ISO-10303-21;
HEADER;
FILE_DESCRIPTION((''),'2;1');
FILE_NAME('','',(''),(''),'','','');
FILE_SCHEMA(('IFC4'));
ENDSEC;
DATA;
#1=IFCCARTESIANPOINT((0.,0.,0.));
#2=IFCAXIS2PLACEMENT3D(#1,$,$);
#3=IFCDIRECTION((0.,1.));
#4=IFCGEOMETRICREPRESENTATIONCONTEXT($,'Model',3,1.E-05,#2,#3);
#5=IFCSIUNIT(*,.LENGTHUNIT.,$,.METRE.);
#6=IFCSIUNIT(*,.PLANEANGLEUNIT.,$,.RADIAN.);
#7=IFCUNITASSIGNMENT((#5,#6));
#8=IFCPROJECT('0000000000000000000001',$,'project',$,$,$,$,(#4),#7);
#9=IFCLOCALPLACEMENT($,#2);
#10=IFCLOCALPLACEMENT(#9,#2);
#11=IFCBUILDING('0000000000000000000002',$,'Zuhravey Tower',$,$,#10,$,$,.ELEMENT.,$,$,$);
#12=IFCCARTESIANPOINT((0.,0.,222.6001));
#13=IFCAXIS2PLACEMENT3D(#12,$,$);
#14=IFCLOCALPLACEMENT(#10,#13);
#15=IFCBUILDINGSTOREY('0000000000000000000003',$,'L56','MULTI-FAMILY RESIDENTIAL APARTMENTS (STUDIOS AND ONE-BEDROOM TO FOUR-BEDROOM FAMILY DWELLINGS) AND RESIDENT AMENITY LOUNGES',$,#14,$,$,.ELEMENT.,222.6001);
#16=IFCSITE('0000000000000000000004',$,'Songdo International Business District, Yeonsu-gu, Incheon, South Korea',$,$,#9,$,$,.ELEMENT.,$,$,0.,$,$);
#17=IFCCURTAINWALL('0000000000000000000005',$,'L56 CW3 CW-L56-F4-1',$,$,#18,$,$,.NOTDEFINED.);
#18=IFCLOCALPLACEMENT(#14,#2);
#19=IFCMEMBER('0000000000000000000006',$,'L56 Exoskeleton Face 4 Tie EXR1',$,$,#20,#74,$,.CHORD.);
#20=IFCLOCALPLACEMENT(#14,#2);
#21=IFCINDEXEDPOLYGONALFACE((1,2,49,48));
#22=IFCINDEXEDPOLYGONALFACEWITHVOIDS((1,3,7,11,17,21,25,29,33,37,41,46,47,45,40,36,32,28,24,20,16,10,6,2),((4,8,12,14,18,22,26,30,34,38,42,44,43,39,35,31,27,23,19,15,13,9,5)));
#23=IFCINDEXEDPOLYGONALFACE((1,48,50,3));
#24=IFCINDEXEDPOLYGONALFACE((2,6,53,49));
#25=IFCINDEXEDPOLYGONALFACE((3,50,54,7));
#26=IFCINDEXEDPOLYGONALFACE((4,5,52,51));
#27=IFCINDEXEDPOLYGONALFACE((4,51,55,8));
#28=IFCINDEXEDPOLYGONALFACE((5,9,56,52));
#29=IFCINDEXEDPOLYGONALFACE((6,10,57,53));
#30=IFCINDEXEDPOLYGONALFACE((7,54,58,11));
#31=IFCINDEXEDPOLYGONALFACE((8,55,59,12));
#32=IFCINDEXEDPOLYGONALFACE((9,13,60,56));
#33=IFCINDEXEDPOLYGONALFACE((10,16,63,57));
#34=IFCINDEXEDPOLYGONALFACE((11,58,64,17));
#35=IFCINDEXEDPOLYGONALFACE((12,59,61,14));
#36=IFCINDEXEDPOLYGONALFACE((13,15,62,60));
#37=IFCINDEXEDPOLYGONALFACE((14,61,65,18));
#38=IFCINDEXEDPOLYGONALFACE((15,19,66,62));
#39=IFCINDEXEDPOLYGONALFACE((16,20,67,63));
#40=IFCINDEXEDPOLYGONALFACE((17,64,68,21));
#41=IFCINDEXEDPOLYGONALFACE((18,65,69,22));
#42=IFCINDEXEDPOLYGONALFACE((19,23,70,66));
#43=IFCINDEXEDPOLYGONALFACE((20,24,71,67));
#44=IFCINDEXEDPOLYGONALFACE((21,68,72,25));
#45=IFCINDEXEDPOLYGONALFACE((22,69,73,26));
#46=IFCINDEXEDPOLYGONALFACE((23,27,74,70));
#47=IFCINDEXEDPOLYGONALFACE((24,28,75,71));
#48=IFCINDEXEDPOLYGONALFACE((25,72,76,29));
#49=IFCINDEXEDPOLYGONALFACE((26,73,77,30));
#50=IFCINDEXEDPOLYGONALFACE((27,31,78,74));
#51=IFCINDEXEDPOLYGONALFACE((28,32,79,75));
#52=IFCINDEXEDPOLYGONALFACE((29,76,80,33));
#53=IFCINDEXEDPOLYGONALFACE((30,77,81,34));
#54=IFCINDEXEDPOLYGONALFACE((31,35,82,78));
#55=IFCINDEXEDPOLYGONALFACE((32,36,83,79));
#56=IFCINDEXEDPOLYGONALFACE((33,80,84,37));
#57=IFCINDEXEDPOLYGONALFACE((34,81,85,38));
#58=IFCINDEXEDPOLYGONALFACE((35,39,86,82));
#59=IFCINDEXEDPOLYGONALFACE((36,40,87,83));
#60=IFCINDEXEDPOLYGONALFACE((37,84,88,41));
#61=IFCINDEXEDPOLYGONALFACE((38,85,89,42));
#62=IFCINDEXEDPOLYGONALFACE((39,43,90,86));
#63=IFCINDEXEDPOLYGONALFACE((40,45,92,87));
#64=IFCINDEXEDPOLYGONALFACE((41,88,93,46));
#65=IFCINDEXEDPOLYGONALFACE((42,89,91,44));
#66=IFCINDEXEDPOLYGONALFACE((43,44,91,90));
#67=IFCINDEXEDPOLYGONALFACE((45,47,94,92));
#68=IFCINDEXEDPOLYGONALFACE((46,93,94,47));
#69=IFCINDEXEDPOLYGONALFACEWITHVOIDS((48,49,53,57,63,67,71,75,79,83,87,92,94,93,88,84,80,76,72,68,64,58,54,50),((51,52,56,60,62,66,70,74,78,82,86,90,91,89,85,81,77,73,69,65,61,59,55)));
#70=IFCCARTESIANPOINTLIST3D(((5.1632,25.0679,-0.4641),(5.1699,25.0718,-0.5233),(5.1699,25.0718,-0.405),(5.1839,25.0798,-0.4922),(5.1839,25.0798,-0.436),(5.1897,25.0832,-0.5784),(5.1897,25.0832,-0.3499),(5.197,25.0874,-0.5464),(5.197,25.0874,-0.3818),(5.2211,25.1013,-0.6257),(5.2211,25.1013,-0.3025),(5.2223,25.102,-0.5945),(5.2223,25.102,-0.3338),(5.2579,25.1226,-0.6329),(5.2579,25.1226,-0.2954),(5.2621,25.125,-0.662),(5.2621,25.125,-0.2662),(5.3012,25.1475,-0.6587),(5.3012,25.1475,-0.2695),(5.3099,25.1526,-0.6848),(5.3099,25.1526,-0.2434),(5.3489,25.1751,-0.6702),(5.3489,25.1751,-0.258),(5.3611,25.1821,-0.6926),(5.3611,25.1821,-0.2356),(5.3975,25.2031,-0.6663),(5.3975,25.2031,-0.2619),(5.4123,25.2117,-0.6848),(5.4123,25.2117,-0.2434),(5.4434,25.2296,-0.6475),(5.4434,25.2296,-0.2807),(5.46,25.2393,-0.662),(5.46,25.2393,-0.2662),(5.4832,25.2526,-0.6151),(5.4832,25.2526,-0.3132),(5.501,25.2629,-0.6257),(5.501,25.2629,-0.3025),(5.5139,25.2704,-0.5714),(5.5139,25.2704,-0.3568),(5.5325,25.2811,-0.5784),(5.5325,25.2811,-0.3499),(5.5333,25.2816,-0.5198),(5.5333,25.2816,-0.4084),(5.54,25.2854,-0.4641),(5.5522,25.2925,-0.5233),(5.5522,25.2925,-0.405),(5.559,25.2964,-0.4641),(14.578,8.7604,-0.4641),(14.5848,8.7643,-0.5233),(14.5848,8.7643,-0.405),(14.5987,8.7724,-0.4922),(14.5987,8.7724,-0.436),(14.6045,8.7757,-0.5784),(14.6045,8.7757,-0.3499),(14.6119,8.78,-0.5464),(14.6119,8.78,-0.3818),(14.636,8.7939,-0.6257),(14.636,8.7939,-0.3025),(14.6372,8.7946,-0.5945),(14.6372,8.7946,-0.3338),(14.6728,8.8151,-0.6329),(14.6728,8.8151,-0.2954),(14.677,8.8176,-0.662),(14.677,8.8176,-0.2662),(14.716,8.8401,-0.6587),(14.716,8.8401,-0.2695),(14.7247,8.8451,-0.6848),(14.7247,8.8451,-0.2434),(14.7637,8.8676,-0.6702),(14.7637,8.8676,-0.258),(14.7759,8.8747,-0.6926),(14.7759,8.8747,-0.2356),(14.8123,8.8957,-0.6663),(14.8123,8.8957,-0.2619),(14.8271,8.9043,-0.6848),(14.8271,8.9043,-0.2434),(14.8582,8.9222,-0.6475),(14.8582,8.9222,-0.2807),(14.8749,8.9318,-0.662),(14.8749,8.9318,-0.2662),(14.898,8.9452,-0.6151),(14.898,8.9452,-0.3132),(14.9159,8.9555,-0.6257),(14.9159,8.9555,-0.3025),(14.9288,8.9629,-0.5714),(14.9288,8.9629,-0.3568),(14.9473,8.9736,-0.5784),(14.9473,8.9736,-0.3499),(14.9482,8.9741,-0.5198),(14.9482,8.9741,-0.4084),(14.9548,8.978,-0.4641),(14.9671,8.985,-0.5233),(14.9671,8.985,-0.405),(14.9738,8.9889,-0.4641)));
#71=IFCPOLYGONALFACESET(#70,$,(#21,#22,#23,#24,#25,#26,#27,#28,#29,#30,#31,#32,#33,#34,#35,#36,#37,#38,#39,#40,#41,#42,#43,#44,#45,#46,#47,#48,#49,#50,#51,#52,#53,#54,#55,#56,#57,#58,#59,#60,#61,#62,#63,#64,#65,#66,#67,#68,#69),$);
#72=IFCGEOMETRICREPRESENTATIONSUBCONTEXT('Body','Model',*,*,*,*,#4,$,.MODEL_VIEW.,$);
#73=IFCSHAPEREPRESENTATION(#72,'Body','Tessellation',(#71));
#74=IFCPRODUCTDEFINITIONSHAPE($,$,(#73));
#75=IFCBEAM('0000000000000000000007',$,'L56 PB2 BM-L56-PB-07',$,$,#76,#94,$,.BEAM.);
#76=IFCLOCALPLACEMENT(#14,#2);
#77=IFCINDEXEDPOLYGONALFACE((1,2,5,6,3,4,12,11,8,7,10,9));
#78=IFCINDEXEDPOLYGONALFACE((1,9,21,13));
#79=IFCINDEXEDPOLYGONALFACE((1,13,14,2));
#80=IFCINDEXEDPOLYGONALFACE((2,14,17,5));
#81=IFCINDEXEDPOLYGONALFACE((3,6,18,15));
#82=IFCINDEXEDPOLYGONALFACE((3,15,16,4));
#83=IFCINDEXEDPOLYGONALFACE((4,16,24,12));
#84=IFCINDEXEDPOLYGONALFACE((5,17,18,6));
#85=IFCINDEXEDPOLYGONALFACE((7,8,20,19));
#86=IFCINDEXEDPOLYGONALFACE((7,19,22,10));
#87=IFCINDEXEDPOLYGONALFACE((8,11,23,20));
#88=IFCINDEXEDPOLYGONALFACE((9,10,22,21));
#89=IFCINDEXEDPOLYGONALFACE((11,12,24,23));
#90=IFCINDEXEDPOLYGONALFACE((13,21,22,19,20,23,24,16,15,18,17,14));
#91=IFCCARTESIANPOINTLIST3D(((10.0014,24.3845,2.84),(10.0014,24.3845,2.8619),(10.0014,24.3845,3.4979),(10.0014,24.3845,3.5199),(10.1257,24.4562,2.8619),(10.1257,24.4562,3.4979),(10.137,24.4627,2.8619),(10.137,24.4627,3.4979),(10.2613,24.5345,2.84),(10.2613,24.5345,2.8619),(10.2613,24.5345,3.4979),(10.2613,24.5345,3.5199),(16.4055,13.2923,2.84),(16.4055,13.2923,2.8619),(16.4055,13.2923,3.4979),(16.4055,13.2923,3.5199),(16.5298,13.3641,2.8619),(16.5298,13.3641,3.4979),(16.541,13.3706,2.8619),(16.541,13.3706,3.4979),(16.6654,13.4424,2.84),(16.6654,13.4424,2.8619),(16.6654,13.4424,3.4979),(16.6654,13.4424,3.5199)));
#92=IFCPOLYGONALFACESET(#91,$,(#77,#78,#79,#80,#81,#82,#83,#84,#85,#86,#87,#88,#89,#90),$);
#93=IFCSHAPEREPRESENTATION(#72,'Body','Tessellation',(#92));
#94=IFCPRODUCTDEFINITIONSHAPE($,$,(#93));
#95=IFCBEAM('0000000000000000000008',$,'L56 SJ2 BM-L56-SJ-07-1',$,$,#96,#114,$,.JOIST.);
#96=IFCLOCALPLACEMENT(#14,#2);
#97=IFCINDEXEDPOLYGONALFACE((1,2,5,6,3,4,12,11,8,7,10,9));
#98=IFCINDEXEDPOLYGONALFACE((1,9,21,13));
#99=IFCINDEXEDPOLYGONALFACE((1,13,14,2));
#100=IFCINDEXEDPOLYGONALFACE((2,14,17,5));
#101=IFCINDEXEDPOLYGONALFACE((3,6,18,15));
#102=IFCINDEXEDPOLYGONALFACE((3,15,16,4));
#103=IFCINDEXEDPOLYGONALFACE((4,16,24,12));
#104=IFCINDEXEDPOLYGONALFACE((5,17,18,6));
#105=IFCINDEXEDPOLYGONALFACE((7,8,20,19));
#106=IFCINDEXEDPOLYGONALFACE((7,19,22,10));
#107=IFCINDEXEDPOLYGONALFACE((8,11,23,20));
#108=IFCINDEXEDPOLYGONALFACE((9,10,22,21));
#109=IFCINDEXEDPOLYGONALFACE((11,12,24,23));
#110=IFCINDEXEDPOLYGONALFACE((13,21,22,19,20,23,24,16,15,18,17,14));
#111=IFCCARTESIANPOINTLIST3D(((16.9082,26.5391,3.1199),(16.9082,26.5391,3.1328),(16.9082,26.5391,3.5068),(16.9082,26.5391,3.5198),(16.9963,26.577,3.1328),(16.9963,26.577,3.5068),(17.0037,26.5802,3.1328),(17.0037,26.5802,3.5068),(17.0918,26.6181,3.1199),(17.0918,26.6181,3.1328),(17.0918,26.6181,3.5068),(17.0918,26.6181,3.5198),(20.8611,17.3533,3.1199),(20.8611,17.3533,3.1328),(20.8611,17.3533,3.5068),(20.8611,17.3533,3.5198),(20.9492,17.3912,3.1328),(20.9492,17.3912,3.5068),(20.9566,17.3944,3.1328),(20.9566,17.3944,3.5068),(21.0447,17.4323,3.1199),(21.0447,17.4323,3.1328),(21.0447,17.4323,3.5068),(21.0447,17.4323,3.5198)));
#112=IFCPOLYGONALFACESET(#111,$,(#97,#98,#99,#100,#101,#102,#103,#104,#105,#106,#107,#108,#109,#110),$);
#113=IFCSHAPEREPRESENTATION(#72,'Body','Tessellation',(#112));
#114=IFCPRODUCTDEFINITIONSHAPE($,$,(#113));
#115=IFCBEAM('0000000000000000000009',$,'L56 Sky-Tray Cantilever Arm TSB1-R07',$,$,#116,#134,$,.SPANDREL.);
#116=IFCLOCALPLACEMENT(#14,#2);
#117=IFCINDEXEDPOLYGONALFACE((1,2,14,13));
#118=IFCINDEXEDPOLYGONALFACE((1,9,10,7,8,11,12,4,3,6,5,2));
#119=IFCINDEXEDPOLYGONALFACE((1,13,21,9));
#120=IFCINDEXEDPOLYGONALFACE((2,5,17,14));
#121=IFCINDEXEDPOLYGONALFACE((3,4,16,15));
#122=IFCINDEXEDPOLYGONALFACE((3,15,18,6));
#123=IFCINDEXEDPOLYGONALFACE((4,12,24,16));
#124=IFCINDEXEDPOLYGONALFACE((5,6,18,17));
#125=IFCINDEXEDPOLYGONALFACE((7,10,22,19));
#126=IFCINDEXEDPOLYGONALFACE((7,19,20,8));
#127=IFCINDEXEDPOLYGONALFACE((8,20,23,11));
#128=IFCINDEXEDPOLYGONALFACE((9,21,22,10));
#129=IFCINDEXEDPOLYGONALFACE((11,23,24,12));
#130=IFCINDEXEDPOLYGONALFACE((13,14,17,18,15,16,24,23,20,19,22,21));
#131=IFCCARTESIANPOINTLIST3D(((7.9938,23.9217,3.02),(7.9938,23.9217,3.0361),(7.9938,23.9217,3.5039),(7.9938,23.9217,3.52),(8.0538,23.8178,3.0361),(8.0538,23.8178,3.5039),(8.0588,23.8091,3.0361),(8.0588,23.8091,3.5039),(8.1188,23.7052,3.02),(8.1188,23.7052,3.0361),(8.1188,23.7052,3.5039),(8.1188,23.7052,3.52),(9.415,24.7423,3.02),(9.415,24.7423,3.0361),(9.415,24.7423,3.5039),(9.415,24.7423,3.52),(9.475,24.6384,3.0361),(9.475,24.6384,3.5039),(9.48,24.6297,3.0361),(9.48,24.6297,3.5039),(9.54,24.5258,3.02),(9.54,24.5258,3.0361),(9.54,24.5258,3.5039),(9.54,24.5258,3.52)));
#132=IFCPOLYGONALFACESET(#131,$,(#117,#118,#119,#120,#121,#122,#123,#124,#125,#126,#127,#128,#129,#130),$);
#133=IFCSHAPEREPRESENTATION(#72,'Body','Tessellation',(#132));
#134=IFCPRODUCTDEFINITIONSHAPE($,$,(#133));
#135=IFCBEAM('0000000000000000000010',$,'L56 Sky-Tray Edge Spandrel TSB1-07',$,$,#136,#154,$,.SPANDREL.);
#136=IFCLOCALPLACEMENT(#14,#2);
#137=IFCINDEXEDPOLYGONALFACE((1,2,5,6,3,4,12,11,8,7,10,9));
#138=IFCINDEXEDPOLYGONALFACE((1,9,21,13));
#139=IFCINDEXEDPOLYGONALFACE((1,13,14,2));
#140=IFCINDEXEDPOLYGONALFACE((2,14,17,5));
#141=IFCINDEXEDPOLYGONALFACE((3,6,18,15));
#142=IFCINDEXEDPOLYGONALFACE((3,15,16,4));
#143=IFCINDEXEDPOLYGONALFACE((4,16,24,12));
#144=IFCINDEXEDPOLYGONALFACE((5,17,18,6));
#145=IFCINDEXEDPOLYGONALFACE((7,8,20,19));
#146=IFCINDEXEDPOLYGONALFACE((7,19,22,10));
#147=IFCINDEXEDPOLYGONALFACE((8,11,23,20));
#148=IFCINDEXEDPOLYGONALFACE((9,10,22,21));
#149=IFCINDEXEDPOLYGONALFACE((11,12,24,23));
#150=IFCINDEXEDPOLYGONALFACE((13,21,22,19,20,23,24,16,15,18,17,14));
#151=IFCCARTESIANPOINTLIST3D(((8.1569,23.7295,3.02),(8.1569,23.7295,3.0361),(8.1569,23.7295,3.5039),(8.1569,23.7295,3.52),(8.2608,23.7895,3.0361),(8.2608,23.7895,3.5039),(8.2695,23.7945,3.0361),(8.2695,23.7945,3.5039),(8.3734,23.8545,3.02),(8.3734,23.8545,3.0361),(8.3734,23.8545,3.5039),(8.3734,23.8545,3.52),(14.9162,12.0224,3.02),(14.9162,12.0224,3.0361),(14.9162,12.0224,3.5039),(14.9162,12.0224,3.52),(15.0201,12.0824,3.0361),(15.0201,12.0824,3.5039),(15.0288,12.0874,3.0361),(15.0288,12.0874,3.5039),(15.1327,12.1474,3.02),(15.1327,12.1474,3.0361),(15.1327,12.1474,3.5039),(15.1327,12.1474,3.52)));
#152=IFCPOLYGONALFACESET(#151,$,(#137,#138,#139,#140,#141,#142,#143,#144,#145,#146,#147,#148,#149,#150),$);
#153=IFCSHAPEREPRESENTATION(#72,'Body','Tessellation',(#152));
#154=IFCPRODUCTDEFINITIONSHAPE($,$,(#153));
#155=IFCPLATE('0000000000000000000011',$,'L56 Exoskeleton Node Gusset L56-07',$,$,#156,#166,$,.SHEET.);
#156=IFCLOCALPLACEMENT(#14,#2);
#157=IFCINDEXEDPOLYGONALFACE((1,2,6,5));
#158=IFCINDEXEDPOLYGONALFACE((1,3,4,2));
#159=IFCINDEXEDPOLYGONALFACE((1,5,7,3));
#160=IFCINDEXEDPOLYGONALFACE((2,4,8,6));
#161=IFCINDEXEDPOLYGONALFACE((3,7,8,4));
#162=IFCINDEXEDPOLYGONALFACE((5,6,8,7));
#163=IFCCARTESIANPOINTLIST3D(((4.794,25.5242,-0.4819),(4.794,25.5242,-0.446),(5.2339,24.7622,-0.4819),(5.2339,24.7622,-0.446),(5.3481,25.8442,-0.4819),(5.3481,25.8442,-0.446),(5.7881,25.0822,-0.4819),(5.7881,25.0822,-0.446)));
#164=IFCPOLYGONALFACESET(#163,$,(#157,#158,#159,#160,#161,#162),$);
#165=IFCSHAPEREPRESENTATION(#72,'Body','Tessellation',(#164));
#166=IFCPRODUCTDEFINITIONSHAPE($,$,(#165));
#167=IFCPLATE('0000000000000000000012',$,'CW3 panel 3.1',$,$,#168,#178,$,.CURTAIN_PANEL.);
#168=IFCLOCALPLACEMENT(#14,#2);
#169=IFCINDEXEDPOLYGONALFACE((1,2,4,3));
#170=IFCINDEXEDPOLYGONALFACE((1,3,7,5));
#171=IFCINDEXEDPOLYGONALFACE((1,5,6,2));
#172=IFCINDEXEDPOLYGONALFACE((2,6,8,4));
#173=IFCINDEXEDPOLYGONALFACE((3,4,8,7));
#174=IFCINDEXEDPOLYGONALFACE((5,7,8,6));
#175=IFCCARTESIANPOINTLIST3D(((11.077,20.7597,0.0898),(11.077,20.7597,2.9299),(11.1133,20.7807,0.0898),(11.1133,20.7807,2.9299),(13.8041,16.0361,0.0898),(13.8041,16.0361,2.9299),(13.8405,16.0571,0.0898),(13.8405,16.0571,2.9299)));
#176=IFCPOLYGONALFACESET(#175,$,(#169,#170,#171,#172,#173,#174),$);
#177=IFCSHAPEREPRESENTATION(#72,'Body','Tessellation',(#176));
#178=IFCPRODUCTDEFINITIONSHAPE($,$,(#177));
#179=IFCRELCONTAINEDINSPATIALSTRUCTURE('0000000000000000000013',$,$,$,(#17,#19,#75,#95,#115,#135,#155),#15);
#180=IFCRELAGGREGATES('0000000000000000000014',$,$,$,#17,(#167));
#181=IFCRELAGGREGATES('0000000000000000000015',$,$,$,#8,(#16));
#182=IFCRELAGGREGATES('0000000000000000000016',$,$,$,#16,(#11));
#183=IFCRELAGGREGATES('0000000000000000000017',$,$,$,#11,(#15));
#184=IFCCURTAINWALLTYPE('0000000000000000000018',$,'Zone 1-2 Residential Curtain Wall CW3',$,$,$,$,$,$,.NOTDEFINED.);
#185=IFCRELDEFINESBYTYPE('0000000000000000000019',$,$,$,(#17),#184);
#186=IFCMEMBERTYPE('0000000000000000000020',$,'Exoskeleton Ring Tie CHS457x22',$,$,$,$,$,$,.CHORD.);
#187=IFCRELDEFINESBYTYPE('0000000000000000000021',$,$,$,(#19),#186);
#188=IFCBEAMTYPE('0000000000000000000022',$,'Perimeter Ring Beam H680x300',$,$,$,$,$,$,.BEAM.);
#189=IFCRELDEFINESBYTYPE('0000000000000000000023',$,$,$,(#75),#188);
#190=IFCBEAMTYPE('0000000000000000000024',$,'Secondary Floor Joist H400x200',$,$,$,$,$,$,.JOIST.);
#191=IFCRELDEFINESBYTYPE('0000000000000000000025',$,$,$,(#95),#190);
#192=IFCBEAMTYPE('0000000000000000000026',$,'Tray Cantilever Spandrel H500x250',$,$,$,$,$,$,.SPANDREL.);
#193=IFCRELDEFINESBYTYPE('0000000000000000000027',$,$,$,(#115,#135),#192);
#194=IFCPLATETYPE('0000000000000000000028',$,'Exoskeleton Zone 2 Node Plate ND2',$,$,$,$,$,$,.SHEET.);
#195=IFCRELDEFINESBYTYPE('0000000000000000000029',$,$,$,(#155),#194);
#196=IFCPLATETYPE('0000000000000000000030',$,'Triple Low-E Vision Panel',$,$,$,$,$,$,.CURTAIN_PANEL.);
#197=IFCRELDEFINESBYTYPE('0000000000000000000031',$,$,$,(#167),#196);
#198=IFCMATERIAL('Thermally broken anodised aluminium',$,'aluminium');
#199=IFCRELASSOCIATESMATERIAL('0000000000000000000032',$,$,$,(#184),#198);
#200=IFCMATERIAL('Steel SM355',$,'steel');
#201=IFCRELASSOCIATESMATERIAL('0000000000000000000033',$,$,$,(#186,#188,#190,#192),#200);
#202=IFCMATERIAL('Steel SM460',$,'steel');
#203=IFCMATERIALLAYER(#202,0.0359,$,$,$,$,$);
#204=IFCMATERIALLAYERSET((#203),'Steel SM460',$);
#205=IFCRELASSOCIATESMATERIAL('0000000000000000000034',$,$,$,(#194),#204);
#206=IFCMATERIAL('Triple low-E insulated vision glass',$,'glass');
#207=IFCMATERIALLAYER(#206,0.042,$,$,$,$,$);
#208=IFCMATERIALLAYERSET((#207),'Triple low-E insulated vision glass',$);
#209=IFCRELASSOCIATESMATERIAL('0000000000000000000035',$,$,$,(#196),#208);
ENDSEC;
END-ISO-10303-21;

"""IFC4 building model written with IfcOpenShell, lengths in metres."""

from ifc_helpers import new_model, si_unit, direction, frame, origin, origin_2d, place, context, subcontext, project, spatial, rectangle, hollow_circle, i_section, extrude, material, layer, layer_set, material_profile, profile_set, type_object, element, aggregate, save


model = new_model("IFC4")

# Units and contexts
model_context = context("Model", 3, precision=1e-05, world=origin(), true_north=direction((0.0, 1.0)))
body_context = subcontext(model_context, "Body", "Model", "MODEL_VIEW")
ifc_project = project(units=[si_unit("LENGTHUNIT", "METRE"), si_unit("PLANEANGLEUNIT", "RADIAN")], contexts=[model_context])

# Site, building, storey
site_placement = place(None, origin())
site = spatial("IfcSite", under=ifc_project, at=site_placement, Name="Songdo International Business District, Yeonsu-gu, Incheon, South Korea", CompositionType="ELEMENT", RefElevation=0.0)
building_placement = place(site_placement, origin())
building = spatial("IfcBuilding", under=site, at=building_placement, Name="Zuhravey Tower", CompositionType="ELEMENT")
storey_placement = place(building_placement, frame((0.0, 0.0, 222.6001)))
storey = spatial("IfcBuildingStorey", under=building, at=storey_placement, Name="L56", Description="MULTI-FAMILY RESIDENTIAL APARTMENTS (STUDIOS AND ONE-BEDROOM TO FOUR-BEDROOM FAMILY DWELLINGS) AND RESIDENT AMENITY LOUNGES", CompositionType="ELEMENT", Elevation=222.6001)

# Curtain wall
ifc_material_1 = material(Name="Thermally broken anodised aluminium", Category="aluminium")
curtain_wall_type = type_object("IfcCurtainWallType", Name="Zone 1-2 Residential Curtain Wall CW3", PredefinedType="NOTDEFINED", material=ifc_material_1)
curtain_wall_placement = place(storey_placement, origin())
curtain_wall = element("IfcCurtainWall", 1, at=curtain_wall_placement, inside=storey, type_object=curtain_wall_type, Name="L56 CW3 CW-L56-F4-1", PredefinedType="NOTDEFINED")

# Shared definitions
ifc_material_2 = material(Name="Steel SM460", Category="steel")

# Member
ifc_material_3 = material(Name="Steel SM355", Category="steel")
ifc_material_profile_1 = material_profile(ifc_material_3, hollow_circle(Radius=0.2285, WallThickness=0.022, at=origin_2d()), Name="CHS-457.2x22")
ifc_profile_set_1 = profile_set([ifc_material_profile_1], Name="Steel SM355")
member_type_1 = type_object("IfcMemberType", Name="Exoskeleton Ring Tie CHS457x22", PredefinedType="CHORD", material=ifc_profile_set_1)
member_1_placement = place(storey_placement, frame((5.3611, 25.1821, -0.4641), z_axis=(0.499989, -0.866032, 0.0), x_axis=(0.866032, 0.499989, 0.0)))
element("IfcMember", 2, at=member_1_placement, inside=storey, type_object=member_type_1, Name="L56 Exoskeleton Face 4 Tie EXR1", PredefinedType="CHORD", context=body_context, shape_type="SweptSolid", body=[
    extrude(hollow_circle(Radius=0.2285, WallThickness=0.022, at=origin_2d()), origin(), (0.0, 0.0, 1.0), 18.8301),
])

# Beams
ifc_material_profile_2 = material_profile(ifc_material_3, i_section(OverallWidth=0.3, OverallDepth=0.6799, WebThickness=0.0129, FlangeThickness=0.022, at=origin_2d()), Name="H-680x300x13x22")
ifc_profile_set_2 = profile_set([ifc_material_profile_2], Name="Steel SM355")
beam_type_1 = type_object("IfcBeamType", Name="Perimeter Ring Beam H680x300", PredefinedType="BEAM", material=ifc_profile_set_2)
beam_1_placement = place(storey_placement, frame((10.1313, 24.4595, 3.1799), z_axis=(0.500004, -0.866023, 0.0), x_axis=(0.866023, 0.500004, 0.0)))
element("IfcBeam", 3, at=beam_1_placement, inside=storey, type_object=beam_type_1, Name="L56 PB2 BM-L56-PB-07", PredefinedType="BEAM", context=body_context, shape_type="SweptSolid", body=[
    extrude(i_section(OverallWidth=0.3, OverallDepth=0.6799, WebThickness=0.0129, FlangeThickness=0.022, at=origin_2d()), origin(), (0.0, 0.0, 1.0), 12.8081),
])
ifc_material_profile_3 = material_profile(ifc_material_3, i_section(OverallWidth=0.2, OverallDepth=0.3999, WebThickness=0.0081, FlangeThickness=0.0129, at=origin_2d()), Name="H-400x200x8x13")
ifc_profile_set_3 = profile_set([ifc_material_profile_3], Name="Steel SM355")
beam_type_2 = type_object("IfcBeamType", Name="Secondary Floor Joist H400x200", PredefinedType="JOIST", material=ifc_profile_set_3)
beam_2_placement = place(storey_placement, frame((17.0, 26.5786, 3.3198), z_axis=(0.39528, -0.918561, 0.0), x_axis=(0.918561, 0.39528, 0.0)))
element("IfcBeam", 4, at=beam_2_placement, inside=storey, type_object=beam_type_2, Name="L56 SJ2 BM-L56-SJ-07-1", PredefinedType="JOIST", context=body_context, shape_type="SweptSolid", body=[
    extrude(i_section(OverallWidth=0.2, OverallDepth=0.3999, WebThickness=0.0081, FlangeThickness=0.0129, at=origin_2d()), origin(), (0.0, 0.0, 1.0), 10.0002),
])
ifc_material_profile_4 = material_profile(ifc_material_3, i_section(OverallWidth=0.25, OverallDepth=0.5, WebThickness=0.01, FlangeThickness=0.0161, at=origin_2d()), Name="H-500x250x10x16")
ifc_profile_set_4 = profile_set([ifc_material_profile_4], Name="Steel SM355")
beam_type_3 = type_object("IfcBeamType", Name="Tray Cantilever Spandrel H500x250", PredefinedType="SPANDREL", material=ifc_profile_set_4)
beam_3_placement = place(storey_placement, frame((9.4775, 24.634, 3.27), z_axis=(-0.86601, -0.500027, 0.0), x_axis=(0.500027, -0.86601, 0.0)))
element("IfcBeam", 5, at=beam_3_placement, inside=storey, type_object=beam_type_3, Name="L56 Sky-Tray Cantilever Arm TSB1-R07", PredefinedType="SPANDREL", context=body_context, shape_type="SweptSolid", body=[
    extrude(i_section(OverallWidth=0.25, OverallDepth=0.5, WebThickness=0.01, FlangeThickness=0.0161, at=origin_2d()), origin(), (0.0, 0.0, 1.0), 1.6411),
])
beam_4_placement = place(storey_placement, frame((8.2651, 23.792, 3.27), z_axis=(0.500012, -0.866018, 0.0), x_axis=(0.866018, 0.500012, 0.0)))
element("IfcBeam", 6, at=beam_4_placement, inside=storey, type_object=beam_type_3, Name="L56 Sky-Tray Edge Spandrel TSB1-07", PredefinedType="SPANDREL", context=body_context, shape_type="SweptSolid", body=[
    extrude(i_section(OverallWidth=0.25, OverallDepth=0.5, WebThickness=0.01, FlangeThickness=0.0161, at=origin_2d()), origin(), (0.0, 0.0, 1.0), 13.5183),
])

# Plates
ifc_layer_1 = layer(ifc_material_2, 0.0359)
ifc_layer_set_1 = layer_set([ifc_layer_1], Name="Steel SM460")
plate_type_1 = type_object("IfcPlateType", Name="Exoskeleton Zone 2 Node Plate ND2", PredefinedType="SHEET", material=ifc_layer_set_1)
plate_1_placement = place(storey_placement, frame((5.291, 25.3032, -0.4819), z_axis=(0.0, 0.0, 1.0), x_axis=(0.5, -0.866025, 0.0)))
element("IfcPlate", 7, at=plate_1_placement, inside=storey, type_object=plate_type_1, Name="L56 Exoskeleton Node Gusset L56-07", PredefinedType="SHEET", context=body_context, shape_type="SweptSolid", body=[
    extrude(rectangle(XDim=0.8799, YDim=0.6399, at=origin_2d()), origin(), (0.0, 0.0, 1.0), 0.0359),
])
ifc_material_4 = material(Name="Triple low-E insulated vision glass", Category="glass")
ifc_layer_2 = layer(ifc_material_4, 0.042)
ifc_layer_set_2 = layer_set([ifc_layer_2], Name="Triple low-E insulated vision glass")
plate_type_2 = type_object("IfcPlateType", Name="Triple Low-E Vision Panel", PredefinedType="CURTAIN_PANEL", material=ifc_layer_set_2)
plate_2_placement = place(storey_placement, frame((12.4587, 18.4084, 0.0898), z_axis=(0.0, 0.0, 1.0), x_axis=(-0.5, 0.866025, 0.0)))
plate_2 = element("IfcPlate", 8, at=plate_2_placement, type_object=plate_type_2, Name="CW3 panel 3.1", PredefinedType="CURTAIN_PANEL", context=body_context, shape_type="SweptSolid", body=[
    extrude(rectangle(XDim=5.4543, YDim=0.042, at=origin_2d()), origin(), (0.0, 0.0, 1.0), 2.8401),
])
aggregate(curtain_wall, [plate_2])

save(model, "model.ifc")
